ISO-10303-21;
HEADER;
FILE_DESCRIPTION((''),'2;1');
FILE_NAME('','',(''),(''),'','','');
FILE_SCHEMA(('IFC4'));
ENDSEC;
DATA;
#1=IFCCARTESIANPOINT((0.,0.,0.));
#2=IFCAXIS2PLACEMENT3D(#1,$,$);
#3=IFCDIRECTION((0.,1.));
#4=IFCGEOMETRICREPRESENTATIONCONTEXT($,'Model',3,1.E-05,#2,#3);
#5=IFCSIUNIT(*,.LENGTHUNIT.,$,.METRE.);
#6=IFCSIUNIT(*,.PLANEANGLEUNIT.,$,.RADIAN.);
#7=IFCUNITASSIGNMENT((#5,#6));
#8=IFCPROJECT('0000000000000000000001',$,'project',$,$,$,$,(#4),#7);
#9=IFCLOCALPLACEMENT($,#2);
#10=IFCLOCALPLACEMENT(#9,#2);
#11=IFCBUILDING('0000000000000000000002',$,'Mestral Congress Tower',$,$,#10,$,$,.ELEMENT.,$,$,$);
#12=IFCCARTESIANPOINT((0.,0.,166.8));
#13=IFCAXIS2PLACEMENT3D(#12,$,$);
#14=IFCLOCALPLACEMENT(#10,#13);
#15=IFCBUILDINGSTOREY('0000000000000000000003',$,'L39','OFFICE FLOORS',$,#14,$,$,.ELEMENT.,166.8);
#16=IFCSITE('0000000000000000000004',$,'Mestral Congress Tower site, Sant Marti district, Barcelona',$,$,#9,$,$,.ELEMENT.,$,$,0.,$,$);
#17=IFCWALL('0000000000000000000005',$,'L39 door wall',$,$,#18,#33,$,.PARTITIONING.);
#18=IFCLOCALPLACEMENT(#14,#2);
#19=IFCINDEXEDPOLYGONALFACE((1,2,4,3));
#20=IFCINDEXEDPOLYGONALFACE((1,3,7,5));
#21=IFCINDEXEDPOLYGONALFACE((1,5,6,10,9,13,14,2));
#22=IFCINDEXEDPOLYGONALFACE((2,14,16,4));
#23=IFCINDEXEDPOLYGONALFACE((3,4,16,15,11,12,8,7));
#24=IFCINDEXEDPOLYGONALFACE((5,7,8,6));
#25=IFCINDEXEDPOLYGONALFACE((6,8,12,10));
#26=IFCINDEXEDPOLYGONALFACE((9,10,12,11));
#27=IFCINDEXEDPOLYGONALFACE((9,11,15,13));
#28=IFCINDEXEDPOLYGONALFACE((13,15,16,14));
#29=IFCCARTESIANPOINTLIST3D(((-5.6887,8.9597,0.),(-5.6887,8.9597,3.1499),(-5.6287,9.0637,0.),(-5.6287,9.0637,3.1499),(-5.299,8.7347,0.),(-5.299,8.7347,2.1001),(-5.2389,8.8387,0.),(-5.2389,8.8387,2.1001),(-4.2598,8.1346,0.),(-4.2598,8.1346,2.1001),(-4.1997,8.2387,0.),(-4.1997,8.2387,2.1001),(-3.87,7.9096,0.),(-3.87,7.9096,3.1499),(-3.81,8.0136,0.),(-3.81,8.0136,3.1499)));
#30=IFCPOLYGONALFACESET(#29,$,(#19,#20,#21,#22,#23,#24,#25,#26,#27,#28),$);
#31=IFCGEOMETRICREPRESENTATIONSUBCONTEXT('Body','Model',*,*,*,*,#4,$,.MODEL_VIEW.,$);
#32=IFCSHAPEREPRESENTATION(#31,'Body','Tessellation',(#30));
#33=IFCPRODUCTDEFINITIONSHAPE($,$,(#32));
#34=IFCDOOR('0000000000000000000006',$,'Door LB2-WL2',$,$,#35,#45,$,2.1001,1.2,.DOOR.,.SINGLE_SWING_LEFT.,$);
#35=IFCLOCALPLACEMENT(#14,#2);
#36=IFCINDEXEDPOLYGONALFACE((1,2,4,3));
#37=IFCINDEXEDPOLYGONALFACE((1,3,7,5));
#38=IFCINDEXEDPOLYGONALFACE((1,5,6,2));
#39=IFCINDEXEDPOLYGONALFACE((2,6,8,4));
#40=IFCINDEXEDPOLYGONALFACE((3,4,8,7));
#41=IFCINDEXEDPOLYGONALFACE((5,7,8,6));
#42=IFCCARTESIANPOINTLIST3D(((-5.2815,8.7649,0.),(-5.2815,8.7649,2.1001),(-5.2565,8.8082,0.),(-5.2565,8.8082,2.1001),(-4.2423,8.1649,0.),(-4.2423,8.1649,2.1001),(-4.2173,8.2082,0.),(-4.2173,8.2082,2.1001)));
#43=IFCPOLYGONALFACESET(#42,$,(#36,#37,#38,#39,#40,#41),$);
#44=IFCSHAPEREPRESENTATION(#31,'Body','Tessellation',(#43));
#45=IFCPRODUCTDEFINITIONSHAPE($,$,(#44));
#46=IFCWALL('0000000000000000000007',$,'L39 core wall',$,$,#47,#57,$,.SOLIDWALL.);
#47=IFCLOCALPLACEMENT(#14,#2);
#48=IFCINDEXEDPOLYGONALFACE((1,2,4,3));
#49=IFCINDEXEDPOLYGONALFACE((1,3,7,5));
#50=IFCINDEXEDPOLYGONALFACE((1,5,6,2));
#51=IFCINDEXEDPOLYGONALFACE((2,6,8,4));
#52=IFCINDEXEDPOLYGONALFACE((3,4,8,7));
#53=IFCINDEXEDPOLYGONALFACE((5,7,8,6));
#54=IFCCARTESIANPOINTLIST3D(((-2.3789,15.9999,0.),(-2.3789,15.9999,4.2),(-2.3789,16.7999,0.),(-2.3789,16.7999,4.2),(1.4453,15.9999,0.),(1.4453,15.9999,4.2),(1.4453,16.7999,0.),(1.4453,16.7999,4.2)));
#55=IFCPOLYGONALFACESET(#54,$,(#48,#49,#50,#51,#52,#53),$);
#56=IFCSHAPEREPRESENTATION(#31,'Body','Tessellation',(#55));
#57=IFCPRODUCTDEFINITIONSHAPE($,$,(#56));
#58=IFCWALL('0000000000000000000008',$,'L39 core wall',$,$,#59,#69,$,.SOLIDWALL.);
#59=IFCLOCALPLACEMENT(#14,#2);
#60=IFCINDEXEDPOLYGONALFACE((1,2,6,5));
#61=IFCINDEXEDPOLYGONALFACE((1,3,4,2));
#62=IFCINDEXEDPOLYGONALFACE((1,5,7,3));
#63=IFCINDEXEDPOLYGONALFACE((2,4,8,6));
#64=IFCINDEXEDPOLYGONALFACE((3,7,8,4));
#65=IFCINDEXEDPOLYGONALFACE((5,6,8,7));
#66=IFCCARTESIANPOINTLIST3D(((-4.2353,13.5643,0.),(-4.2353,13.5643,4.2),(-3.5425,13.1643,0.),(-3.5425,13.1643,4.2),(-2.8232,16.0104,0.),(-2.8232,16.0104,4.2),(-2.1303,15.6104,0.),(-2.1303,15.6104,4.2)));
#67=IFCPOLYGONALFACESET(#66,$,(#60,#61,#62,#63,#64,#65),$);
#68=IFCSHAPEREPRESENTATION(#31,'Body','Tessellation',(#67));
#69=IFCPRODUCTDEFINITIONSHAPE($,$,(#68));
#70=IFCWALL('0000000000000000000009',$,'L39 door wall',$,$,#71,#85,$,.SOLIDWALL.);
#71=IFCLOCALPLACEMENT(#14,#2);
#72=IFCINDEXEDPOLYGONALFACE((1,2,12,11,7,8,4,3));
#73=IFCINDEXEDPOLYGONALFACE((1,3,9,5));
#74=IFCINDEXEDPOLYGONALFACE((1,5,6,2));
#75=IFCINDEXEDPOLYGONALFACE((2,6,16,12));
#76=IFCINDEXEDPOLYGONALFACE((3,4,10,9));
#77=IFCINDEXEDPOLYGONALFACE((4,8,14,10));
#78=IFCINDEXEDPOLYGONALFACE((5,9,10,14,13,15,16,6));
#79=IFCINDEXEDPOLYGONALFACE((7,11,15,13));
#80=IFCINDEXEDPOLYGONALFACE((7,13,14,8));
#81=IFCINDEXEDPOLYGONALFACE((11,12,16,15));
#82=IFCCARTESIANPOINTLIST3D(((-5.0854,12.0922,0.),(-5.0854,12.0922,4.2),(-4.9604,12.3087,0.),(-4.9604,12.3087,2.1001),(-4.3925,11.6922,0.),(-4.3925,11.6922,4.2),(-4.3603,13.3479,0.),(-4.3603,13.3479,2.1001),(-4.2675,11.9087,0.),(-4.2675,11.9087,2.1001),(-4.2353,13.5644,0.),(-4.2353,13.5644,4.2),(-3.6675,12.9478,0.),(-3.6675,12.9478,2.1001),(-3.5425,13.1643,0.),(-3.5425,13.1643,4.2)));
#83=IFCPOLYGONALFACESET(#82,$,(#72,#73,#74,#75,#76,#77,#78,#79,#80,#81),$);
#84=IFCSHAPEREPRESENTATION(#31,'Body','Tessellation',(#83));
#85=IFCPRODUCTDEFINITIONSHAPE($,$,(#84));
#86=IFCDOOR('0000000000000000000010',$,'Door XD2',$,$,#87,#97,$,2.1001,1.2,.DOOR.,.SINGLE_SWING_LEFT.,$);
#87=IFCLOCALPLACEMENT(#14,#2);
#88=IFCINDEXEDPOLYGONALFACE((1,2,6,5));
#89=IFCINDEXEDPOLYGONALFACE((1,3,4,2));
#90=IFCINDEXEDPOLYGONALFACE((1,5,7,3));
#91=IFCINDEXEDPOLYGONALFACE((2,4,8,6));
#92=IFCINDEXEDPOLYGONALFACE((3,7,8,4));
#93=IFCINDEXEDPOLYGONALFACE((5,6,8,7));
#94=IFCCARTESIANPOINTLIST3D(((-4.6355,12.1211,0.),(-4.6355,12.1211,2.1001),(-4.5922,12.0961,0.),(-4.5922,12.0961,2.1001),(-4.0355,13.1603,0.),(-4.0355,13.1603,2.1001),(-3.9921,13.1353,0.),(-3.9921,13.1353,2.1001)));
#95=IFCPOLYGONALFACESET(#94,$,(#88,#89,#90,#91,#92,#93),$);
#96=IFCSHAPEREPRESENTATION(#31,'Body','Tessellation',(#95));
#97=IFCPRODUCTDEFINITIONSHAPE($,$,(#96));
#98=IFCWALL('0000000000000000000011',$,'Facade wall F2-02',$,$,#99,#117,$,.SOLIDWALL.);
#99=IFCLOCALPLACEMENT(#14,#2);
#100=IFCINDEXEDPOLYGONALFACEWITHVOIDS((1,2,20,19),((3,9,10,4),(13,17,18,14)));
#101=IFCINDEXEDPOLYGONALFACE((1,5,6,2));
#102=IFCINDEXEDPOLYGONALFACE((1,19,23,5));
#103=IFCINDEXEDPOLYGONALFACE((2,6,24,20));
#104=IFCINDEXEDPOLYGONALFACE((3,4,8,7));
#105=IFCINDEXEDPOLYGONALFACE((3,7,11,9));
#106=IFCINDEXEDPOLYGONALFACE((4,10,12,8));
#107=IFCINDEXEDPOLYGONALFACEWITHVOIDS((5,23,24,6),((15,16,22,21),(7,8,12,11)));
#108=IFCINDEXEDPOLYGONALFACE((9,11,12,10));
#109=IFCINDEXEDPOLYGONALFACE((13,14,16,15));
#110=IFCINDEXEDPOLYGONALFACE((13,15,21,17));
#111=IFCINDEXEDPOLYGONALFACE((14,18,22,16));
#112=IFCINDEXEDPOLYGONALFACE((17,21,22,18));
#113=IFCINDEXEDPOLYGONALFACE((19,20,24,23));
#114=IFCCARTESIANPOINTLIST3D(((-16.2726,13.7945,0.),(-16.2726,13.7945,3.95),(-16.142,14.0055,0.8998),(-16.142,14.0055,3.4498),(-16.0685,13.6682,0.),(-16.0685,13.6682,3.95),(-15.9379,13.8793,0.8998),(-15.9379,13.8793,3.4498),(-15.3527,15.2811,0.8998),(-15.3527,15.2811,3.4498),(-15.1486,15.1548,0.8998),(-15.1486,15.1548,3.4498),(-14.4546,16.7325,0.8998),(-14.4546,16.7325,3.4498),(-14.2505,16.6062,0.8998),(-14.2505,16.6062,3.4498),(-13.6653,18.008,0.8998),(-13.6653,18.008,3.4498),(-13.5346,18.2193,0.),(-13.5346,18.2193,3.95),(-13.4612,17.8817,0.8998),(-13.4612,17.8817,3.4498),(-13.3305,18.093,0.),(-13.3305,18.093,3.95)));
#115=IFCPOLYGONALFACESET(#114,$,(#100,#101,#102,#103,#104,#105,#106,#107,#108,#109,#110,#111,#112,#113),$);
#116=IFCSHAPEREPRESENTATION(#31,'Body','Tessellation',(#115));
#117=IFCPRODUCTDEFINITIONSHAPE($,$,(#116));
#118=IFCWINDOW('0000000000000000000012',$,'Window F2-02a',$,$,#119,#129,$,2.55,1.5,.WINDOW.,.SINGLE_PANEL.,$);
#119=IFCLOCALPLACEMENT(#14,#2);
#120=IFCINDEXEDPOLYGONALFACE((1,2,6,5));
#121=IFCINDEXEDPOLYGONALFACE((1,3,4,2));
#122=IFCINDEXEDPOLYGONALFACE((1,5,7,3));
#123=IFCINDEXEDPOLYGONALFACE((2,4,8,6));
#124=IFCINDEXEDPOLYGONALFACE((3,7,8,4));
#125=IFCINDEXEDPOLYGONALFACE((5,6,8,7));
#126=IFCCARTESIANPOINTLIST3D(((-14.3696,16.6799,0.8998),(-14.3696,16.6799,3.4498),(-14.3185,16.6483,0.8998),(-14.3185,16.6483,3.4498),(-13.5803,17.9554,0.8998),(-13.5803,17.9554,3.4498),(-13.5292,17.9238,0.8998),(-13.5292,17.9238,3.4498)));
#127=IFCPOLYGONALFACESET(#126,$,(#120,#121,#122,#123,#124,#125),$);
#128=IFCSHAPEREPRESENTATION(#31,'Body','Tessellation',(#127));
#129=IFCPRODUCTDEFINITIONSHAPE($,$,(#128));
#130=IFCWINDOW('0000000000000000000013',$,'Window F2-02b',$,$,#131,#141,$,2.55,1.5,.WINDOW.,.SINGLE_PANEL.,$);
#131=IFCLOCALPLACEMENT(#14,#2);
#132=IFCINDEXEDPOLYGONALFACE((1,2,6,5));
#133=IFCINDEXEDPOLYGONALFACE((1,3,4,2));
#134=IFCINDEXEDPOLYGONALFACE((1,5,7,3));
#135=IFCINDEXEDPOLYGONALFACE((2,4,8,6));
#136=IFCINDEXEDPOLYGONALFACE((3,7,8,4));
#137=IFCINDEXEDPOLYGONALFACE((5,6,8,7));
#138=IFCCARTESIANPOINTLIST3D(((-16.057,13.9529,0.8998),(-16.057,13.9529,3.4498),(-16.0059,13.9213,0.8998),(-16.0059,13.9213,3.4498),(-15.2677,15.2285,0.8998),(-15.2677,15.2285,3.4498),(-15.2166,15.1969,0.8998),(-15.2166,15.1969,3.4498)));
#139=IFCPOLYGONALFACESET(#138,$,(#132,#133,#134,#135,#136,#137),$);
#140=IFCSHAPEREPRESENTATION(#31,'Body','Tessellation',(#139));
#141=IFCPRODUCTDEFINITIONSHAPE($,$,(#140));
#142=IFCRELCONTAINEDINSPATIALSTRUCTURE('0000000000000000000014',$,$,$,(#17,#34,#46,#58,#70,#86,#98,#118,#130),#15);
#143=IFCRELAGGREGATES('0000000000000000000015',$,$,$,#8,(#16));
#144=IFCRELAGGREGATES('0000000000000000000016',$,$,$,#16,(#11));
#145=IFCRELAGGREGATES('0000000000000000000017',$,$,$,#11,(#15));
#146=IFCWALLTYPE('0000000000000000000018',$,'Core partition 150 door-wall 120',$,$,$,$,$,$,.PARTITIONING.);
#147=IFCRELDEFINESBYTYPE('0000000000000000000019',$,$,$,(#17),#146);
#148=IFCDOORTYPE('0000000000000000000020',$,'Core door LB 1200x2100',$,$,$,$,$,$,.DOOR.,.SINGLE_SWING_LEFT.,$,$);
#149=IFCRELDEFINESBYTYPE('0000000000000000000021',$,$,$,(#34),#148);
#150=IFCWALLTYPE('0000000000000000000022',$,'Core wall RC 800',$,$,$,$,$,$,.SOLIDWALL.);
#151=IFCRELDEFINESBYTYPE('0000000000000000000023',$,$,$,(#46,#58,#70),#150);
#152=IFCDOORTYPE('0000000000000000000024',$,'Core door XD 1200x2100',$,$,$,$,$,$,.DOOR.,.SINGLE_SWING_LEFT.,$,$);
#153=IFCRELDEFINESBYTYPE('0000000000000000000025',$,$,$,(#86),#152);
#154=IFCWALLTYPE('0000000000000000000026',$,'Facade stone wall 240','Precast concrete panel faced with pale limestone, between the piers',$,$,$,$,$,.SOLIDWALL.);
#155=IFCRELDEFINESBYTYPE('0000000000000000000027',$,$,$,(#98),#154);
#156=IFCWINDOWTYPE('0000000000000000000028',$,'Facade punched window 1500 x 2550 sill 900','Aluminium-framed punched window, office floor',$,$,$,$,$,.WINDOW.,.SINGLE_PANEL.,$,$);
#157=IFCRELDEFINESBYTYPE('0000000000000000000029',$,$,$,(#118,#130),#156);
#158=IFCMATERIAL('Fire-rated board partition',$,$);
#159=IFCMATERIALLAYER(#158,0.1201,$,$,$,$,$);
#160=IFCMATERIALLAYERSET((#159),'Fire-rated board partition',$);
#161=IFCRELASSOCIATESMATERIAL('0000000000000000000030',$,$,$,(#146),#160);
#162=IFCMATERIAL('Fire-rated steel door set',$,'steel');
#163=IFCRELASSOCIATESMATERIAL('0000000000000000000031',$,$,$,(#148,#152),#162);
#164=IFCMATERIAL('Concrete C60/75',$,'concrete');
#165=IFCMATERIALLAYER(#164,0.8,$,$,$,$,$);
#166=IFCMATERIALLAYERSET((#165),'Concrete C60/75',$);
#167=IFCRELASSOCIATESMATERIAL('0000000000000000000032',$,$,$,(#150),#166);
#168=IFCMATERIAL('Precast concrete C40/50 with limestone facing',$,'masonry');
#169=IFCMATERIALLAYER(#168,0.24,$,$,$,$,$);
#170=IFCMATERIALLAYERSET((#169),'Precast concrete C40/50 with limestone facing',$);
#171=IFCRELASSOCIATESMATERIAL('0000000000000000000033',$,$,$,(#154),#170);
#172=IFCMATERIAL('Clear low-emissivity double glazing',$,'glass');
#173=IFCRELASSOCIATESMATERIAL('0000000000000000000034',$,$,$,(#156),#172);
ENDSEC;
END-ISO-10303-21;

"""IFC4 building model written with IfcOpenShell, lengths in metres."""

from ifc_helpers import new_model, si_unit, direction, frame, frame_2d, origin, place, context, subcontext, project, spatial, rectangle, extrude, material, layer, layer_set, type_object, element, fill, save


model = new_model("IFC4")

# Units and contexts
model_context = context("Model", 3, precision=1e-05, world=origin(), true_north=direction((0.0, 1.0)))
body_context = subcontext(model_context, "Body", "Model", "MODEL_VIEW")
ifc_project = project(units=[si_unit("LENGTHUNIT", "METRE"), si_unit("PLANEANGLEUNIT", "RADIAN")], contexts=[model_context])

# Site, building, storey
site_placement = place(None, origin())
site = spatial("IfcSite", under=ifc_project, at=site_placement, Name="Mestral Congress Tower site, Sant Marti district, Barcelona", CompositionType="ELEMENT", RefElevation=0.0)
building_placement = place(site_placement, origin())
building = spatial("IfcBuilding", under=site, at=building_placement, Name="Mestral Congress Tower", CompositionType="ELEMENT")
storey_placement = place(building_placement, frame((0.0, 0.0, 166.8)))
storey = spatial("IfcBuildingStorey", under=building, at=storey_placement, Name="L39", Description="OFFICE FLOORS", CompositionType="ELEMENT", Elevation=166.8)

# Shared definitions
ifc_material_1 = material(Name="Concrete C60/75", Category="concrete")

# Wall, opening, door
ifc_material_2 = material(Name="Fire-rated board partition")
ifc_layer_1 = layer(ifc_material_2, 0.1201)
ifc_layer_set_1 = layer_set([ifc_layer_1], Name="Fire-rated board partition")
wall_type_1 = type_object("IfcWallType", Name="Core partition 150 door-wall 120", PredefinedType="PARTITIONING", material=ifc_layer_set_1)
wall_1_placement = place(storey_placement, frame((-5.6587, 9.0117, 0.0), z_axis=(0.0, 0.0, 1.0), x_axis=(0.866009, -0.500028, 0.0)))
wall_1 = element("IfcWall", 1, at=wall_1_placement, inside=storey, type_object=wall_type_1, Name="L39 door wall", PredefinedType="PARTITIONING", context=body_context, shape_type="SweptSolid", body=[
    extrude(rectangle(XDim=2.1001, YDim=0.1201, at=frame_2d((1.05, 0.0))), origin(), (0.0, 0.0, 1.0), 3.1499),
])
opening_1_placement = place(wall_1_placement, frame((0.45, 0.0, 0.0)))
opening_1 = element("IfcOpeningElement", 2, at=opening_1_placement, cuts=wall_1, PredefinedType="OPENING", context=body_context, shape_type="SweptSolid", body=[
    extrude(rectangle(XDim=1.2, YDim=2.1001, at=frame_2d((0.6001, 1.05))), frame((0.0, 0.0701, 0.0), z_axis=(0.0, -1.0, 0.0), x_axis=(1.0, 0.0, 0.0)), (0.0, 0.0, 1.0), 0.1401),
])
ifc_material_3 = material(Name="Fire-rated steel door set", Category="steel")
door_type_1 = type_object("IfcDoorType", Name="Core door LB 1200x2100", OperationType="SINGLE_SWING_LEFT", PredefinedType="DOOR", material=ifc_material_3)
door_1_placement = place(opening_1_placement, origin())
door_1 = element("IfcDoor", 3, at=door_1_placement, inside=storey, type_object=door_type_1, Name="Door LB2-WL2", OperationType="SINGLE_SWING_LEFT", OverallHeight=2.1001, OverallWidth=1.2, PredefinedType="DOOR", context=body_context, shape_type="SweptSolid", body=[
    extrude(rectangle(XDim=1.2, YDim=2.1001, at=frame_2d((0.6001, 1.05))), frame((0.0, 0.0249, 0.0), z_axis=(0.0, -1.0, 0.0), x_axis=(1.0, 0.0, 0.0)), (0.0, 0.0, 1.0), 0.05),
])
fill(opening_1, door_1)

# Walls
ifc_layer_2 = layer(ifc_material_1, 0.8)
ifc_layer_set_2 = layer_set([ifc_layer_2], Name="Concrete C60/75")
wall_type_2 = type_object("IfcWallType", Name="Core wall RC 800", PredefinedType="SOLIDWALL", material=ifc_layer_set_2)
wall_2_placement = place(storey_placement, frame((-2.3789, 16.3999, 0.0), z_axis=(0.0, 0.0, 1.0), x_axis=(1.0, 0.0, 0.0)))
element("IfcWall", 4, at=wall_2_placement, inside=storey, type_object=wall_type_2, Name="L39 core wall", PredefinedType="SOLIDWALL", context=body_context, shape_type="SweptSolid", body=[
    extrude(rectangle(XDim=3.8242, YDim=0.8, at=frame_2d((1.9121, 0.0))), origin(), (0.0, 0.0, 1.0), 4.2),
])
wall_3_placement = place(storey_placement, frame((-2.4768, 15.8103, 0.0), z_axis=(0.0, 0.0, 1.0), x_axis=(-0.499969, -0.866043, 0.0)))
element("IfcWall", 5, at=wall_3_placement, inside=storey, type_object=wall_type_2, Name="L39 core wall", PredefinedType="SOLIDWALL", context=body_context, shape_type="SweptSolid", body=[
    extrude(rectangle(XDim=2.8245, YDim=0.8, at=frame_2d((1.4121, 0.0))), origin(), (0.0, 0.0, 1.0), 4.2),
])

# Wall, opening, door
wall_4_placement = place(storey_placement, frame((-4.739, 11.8921, 0.0), z_axis=(0.0, 0.0, 1.0), x_axis=(0.500062, 0.865989, 0.0)))
wall_4 = element("IfcWall", 6, at=wall_4_placement, inside=storey, type_object=wall_type_2, Name="L39 door wall", PredefinedType="SOLIDWALL", context=body_context, shape_type="SweptSolid", body=[
    extrude(rectangle(XDim=1.7, YDim=0.8, at=frame_2d((0.8501, 0.0))), origin(), (0.0, 0.0, 1.0), 4.2),
])
opening_2_placement = place(wall_4_placement, frame((0.25, 0.0, 0.0)))
opening_2 = element("IfcOpeningElement", 7, at=opening_2_placement, cuts=wall_4, PredefinedType="OPENING", context=body_context, shape_type="SweptSolid", body=[
    extrude(rectangle(XDim=1.2, YDim=2.1001, at=frame_2d((0.6001, 1.05))), frame((0.0, 0.4099, 0.0), z_axis=(0.0, -1.0, 0.0), x_axis=(1.0, 0.0, 0.0)), (0.0, 0.0, 1.0), 0.8201),
])
door_type_2 = type_object("IfcDoorType", Name="Core door XD 1200x2100", OperationType="SINGLE_SWING_LEFT", PredefinedType="DOOR", material=ifc_material_3)
door_2_placement = place(opening_2_placement, origin())
door_2 = element("IfcDoor", 8, at=door_2_placement, inside=storey, type_object=door_type_2, Name="Door XD2", OperationType="SINGLE_SWING_LEFT", OverallHeight=2.1001, OverallWidth=1.2, PredefinedType="DOOR", context=body_context, shape_type="SweptSolid", body=[
    extrude(rectangle(XDim=1.2, YDim=2.1001, at=frame_2d((0.6001, 1.05))), frame((0.0, 0.0249, 0.0), z_axis=(0.0, -1.0, 0.0), x_axis=(1.0, 0.0, 0.0)), (0.0, 0.0, 1.0), 0.05),
])
fill(opening_2, door_2)

# Wall, openings, windows
ifc_material_4 = material(Name="Precast concrete C40/50 with limestone facing", Category="masonry")
ifc_layer_3 = layer(ifc_material_4, 0.24)
ifc_layer_set_3 = layer_set([ifc_layer_3], Name="Precast concrete C40/50 with limestone facing")
wall_type_3 = type_object("IfcWallType", Name="Facade stone wall 240", Description="Precast concrete panel faced with pale limestone, between the piers", PredefinedType="SOLIDWALL", material=ifc_layer_set_3)
wall_5_placement = place(storey_placement, frame((-13.4326, 18.156, 0.0), z_axis=(0.0, 0.0, 1.0), x_axis=(-0.526198, -0.850362, 0.0)))
wall_5 = element("IfcWall", 9, at=wall_5_placement, inside=storey, type_object=wall_type_3, Name="Facade wall F2-02", PredefinedType="SOLIDWALL", context=body_context, shape_type="SweptSolid", body=[
    extrude(rectangle(XDim=5.2034, YDim=0.24, at=frame_2d((2.6016, 0.0))), origin(), (0.0, 0.0, 1.0), 3.95),
])
opening_3_placement = place(wall_5_placement, frame((0.2483, 0.0, 0.8999)))
opening_3 = element("IfcOpeningElement", 10, at=opening_3_placement, cuts=wall_5, PredefinedType="OPENING", context=body_context, shape_type="SweptSolid", body=[
    extrude(rectangle(XDim=1.5, YDim=2.55, at=frame_2d((0.75, 1.2749))), frame((0.0, 0.1299, 0.0), z_axis=(0.0, -1.0, 0.0), x_axis=(1.0, 0.0, 0.0)), (0.0, 0.0, 1.0), 0.26),
])
opening_4_placement = place(wall_5_placement, frame((3.4551, 0.0, 0.8999)))
opening_4 = element("IfcOpeningElement", 11, at=opening_4_placement, cuts=wall_5, PredefinedType="OPENING", context=body_context, shape_type="SweptSolid", body=[
    extrude(rectangle(XDim=1.5, YDim=2.55, at=frame_2d((0.75, 1.2749))), frame((0.0, 0.1299, 0.0), z_axis=(0.0, -1.0, 0.0), x_axis=(1.0, 0.0, 0.0)), (0.0, 0.0, 1.0), 0.26),
])
ifc_material_5 = material(Name="Clear low-emissivity double glazing", Category="glass")
window_type = type_object("IfcWindowType", Name="Facade punched window 1500 x 2550 sill 900", Description="Aluminium-framed punched window, office floor", PartitioningType="SINGLE_PANEL", PredefinedType="WINDOW", material=ifc_material_5)
window_1_placement = place(opening_3_placement, origin())
window_1 = element("IfcWindow", 12, at=window_1_placement, inside=storey, type_object=window_type, Name="Window F2-02a", OverallHeight=2.55, OverallWidth=1.5, PartitioningType="SINGLE_PANEL", PredefinedType="WINDOW", context=body_context, shape_type="SweptSolid", body=[
    extrude(rectangle(XDim=1.5, YDim=2.55, at=frame_2d((0.75, 1.2749))), frame((0.0, 0.04, 0.0), z_axis=(0.0, -1.0, 0.0), x_axis=(1.0, 0.0, 0.0)), (0.0, 0.0, 1.0), 0.0601),
])
fill(opening_3, window_1)
window_2_placement = place(opening_4_placement, origin())
window_2 = element("IfcWindow", 13, at=window_2_placement, inside=storey, type_object=window_type, Name="Window F2-02b", OverallHeight=2.55, OverallWidth=1.5, PartitioningType="SINGLE_PANEL", PredefinedType="WINDOW", context=body_context, shape_type="SweptSolid", body=[
    extrude(rectangle(XDim=1.5, YDim=2.55, at=frame_2d((0.75, 1.2749))), frame((0.0, 0.04, 0.0), z_axis=(0.0, -1.0, 0.0), x_axis=(1.0, 0.0, 0.0)), (0.0, 0.0, 1.0), 0.0601),
])
fill(opening_4, window_2)

save(model, "model.ifc")
